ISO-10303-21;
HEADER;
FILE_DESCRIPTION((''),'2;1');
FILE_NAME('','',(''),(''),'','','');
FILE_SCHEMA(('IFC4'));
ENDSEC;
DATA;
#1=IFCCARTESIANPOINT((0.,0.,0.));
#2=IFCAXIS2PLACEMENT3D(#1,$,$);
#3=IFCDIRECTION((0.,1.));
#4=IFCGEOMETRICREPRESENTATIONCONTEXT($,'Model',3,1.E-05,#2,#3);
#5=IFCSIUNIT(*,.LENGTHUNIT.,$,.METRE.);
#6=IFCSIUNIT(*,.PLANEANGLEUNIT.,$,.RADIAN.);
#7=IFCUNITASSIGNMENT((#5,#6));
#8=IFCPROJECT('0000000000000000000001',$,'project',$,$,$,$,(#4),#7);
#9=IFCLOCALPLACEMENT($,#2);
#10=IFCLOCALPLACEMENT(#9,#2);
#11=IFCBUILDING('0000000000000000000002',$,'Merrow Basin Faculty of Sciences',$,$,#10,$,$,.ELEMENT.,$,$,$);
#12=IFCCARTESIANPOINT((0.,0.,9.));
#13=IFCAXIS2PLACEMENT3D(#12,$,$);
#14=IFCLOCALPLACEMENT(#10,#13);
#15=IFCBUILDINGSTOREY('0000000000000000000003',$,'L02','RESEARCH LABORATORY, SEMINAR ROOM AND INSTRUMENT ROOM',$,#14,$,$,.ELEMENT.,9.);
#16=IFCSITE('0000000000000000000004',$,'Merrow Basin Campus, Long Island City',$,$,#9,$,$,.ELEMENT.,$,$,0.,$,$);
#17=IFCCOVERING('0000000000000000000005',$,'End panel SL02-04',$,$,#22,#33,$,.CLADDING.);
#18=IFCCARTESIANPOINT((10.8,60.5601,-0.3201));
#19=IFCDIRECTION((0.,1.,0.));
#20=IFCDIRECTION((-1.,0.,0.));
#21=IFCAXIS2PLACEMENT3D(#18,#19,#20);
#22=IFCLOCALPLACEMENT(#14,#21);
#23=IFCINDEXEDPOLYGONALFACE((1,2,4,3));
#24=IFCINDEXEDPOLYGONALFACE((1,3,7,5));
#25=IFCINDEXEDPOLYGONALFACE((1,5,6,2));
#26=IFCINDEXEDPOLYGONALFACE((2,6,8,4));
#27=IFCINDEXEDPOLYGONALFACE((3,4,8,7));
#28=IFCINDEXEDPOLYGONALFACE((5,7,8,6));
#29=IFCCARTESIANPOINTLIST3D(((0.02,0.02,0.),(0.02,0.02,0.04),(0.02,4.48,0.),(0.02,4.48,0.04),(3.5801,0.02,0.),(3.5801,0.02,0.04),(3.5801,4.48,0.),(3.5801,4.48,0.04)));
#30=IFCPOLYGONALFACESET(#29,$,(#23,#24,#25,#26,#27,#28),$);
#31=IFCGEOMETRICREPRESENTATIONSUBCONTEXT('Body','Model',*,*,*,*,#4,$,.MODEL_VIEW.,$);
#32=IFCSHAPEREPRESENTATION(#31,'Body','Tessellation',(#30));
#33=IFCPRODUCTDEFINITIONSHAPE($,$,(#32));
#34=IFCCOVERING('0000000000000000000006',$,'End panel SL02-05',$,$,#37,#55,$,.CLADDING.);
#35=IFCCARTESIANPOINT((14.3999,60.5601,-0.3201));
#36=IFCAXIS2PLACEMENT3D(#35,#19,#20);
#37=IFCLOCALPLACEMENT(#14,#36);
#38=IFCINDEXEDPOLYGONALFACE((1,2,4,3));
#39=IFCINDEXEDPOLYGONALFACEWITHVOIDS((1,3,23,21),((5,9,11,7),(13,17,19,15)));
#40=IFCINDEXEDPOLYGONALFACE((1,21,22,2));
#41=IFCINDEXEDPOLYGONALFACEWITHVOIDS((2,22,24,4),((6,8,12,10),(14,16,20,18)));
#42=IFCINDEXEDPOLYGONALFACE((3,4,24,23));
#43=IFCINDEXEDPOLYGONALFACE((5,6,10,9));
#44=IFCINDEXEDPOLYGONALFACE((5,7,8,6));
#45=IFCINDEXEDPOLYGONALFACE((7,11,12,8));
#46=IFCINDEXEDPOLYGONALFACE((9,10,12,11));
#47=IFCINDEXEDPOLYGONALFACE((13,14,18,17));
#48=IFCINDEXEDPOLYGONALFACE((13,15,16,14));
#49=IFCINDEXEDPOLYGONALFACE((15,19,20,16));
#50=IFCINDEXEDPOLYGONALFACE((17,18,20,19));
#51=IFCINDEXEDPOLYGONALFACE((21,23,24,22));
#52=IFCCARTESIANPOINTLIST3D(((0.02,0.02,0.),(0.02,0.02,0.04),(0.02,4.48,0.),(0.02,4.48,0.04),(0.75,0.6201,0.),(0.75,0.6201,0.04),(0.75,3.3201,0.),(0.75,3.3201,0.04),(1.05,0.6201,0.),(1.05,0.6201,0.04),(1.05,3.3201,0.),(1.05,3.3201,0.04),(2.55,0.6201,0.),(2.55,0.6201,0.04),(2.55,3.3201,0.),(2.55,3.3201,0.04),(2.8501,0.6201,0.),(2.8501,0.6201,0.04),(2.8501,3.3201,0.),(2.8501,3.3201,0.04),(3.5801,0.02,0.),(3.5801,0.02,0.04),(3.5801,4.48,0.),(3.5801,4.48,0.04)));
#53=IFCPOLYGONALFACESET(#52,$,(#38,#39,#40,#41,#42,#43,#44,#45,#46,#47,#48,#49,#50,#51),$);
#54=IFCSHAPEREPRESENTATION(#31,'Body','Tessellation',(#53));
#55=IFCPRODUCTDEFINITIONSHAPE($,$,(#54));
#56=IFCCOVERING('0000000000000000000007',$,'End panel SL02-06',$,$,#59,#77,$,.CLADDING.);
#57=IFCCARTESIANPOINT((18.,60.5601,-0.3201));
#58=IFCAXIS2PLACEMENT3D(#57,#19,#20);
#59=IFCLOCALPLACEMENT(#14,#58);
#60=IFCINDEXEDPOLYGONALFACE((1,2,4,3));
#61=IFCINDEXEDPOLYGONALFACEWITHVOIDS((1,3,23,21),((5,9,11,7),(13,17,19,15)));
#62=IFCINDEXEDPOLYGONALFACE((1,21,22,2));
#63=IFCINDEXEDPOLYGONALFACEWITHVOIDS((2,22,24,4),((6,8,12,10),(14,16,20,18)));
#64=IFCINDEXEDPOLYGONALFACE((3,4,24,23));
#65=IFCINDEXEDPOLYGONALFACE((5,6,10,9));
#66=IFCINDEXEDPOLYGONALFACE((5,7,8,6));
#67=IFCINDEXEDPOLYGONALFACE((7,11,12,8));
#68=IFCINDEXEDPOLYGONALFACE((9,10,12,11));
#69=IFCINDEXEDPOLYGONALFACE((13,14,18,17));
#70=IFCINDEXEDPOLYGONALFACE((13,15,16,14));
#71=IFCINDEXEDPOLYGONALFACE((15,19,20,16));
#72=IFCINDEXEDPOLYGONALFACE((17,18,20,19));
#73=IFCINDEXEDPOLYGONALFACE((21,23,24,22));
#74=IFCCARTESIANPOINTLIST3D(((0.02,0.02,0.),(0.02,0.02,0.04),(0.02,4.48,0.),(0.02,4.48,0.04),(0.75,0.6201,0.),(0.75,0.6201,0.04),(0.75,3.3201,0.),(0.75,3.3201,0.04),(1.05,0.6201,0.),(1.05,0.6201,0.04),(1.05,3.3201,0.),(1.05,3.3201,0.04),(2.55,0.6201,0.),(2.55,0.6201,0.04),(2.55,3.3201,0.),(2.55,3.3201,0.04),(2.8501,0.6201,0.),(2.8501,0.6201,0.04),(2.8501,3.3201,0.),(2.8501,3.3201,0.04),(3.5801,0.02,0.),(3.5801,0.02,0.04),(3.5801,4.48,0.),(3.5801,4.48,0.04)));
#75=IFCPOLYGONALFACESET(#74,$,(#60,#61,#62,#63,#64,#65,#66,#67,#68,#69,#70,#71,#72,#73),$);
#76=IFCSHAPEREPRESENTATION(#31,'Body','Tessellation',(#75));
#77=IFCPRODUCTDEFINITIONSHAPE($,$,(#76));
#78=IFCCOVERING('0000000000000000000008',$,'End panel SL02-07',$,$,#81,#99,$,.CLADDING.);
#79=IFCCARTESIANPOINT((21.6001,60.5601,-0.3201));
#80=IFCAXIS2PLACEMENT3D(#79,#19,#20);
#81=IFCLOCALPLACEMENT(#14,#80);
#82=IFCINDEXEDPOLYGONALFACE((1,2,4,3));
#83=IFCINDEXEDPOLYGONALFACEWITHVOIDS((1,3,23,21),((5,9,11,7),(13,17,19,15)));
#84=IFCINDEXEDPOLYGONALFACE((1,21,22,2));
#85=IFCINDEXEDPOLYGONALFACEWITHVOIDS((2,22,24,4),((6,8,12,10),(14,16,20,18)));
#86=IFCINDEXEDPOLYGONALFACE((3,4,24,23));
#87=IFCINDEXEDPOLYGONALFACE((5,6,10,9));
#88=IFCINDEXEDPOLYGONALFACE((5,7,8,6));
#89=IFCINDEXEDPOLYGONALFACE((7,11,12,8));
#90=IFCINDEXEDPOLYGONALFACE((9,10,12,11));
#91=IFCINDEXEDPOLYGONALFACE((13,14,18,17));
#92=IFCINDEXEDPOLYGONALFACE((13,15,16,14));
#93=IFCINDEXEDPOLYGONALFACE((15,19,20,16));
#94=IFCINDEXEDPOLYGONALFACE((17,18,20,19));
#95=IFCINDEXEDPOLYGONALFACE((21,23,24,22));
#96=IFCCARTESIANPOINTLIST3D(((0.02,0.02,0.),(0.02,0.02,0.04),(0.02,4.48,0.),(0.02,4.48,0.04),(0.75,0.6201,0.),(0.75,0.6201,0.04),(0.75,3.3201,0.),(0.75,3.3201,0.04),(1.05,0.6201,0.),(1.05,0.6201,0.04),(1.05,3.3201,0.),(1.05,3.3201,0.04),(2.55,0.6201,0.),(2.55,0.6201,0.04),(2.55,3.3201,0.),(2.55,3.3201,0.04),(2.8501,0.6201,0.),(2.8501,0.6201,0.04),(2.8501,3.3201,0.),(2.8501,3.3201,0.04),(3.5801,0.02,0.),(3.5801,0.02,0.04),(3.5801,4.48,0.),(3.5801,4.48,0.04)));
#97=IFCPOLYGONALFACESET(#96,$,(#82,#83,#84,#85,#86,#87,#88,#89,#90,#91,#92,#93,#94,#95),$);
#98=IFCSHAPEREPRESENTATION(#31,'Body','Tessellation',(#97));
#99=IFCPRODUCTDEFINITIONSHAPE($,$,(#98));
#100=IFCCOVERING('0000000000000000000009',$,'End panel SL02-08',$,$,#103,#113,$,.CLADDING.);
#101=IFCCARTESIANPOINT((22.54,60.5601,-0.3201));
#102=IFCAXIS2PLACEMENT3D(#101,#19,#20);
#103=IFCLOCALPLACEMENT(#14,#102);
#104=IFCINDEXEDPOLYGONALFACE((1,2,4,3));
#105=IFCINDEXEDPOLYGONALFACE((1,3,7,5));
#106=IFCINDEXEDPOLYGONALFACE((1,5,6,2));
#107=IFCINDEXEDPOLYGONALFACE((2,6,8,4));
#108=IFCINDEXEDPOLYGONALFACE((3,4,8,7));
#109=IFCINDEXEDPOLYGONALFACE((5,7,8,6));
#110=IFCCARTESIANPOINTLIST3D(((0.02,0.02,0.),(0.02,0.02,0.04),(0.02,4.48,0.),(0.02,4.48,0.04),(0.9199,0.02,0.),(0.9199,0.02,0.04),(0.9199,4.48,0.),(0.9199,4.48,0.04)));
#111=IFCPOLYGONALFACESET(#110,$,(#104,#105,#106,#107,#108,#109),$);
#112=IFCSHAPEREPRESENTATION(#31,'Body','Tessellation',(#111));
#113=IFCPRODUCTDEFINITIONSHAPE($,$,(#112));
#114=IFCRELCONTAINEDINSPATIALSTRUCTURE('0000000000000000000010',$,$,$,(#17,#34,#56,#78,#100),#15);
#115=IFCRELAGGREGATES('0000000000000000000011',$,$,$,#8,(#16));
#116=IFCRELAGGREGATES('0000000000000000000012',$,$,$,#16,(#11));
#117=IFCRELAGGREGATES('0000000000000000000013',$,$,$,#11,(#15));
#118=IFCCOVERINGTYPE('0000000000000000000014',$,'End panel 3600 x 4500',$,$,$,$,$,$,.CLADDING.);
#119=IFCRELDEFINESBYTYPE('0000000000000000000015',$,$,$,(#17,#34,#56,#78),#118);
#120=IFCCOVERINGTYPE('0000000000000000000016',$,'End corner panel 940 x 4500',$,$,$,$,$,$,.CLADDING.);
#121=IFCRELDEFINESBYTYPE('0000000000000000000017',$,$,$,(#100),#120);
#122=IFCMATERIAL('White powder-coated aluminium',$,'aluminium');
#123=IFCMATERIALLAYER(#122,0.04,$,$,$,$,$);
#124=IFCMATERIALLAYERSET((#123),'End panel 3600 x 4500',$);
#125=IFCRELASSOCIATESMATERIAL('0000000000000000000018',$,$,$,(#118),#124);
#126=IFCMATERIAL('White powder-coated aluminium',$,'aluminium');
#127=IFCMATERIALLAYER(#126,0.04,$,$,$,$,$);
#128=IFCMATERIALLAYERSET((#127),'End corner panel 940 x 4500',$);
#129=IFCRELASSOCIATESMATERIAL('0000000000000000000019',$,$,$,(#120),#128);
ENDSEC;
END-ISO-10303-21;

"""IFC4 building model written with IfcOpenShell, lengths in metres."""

from ifc_helpers import new_model, si_unit, direction, frame, origin, place, context, subcontext, project, spatial, polyline, outline, extrude, source, transform, mapped, material, layer, layer_set, type_object, element, save


model = new_model("IFC4")

# Units and contexts
model_context = context("Model", 3, precision=1e-05, world=origin(), true_north=direction((0.0, 1.0)))
body_context = subcontext(model_context, "Body", "Model", "MODEL_VIEW")
ifc_project = project(units=[si_unit("LENGTHUNIT", "METRE"), si_unit("PLANEANGLEUNIT", "RADIAN")], contexts=[model_context])

# Site, building, storey
site_placement = place(None, origin())
site = spatial("IfcSite", under=ifc_project, at=site_placement, Name="Merrow Basin Campus, Long Island City", CompositionType="ELEMENT", RefElevation=0.0)
building_placement = place(site_placement, origin())
building = spatial("IfcBuilding", under=site, at=building_placement, Name="Merrow Basin Faculty of Sciences", CompositionType="ELEMENT")
storey_placement = place(building_placement, frame((0.0, 0.0, 9.0)))
storey = spatial("IfcBuildingStorey", under=building, at=storey_placement, Name="L02", Description="RESEARCH LABORATORY, SEMINAR ROOM AND INSTRUMENT ROOM", CompositionType="ELEMENT", Elevation=9.0)

# Coverings
ifc_material_1 = material(Name="White powder-coated aluminium", Category="aluminium")
ifc_layer_1 = layer(ifc_material_1, 0.04)
ifc_layer_set_1 = layer_set([ifc_layer_1], Name="End panel 3600 x 4500")
covering_type_1 = type_object("IfcCoveringType", Name="End panel 3600 x 4500", PredefinedType="CLADDING", material=ifc_layer_set_1)
shared_shape_1 = source(origin(), body_context, "Body", "SweptSolid", [
    extrude(outline(polyline([(0.02, 0.02), (3.5801, 0.02), (3.5801, 4.48), (0.02, 4.48), (0.02, 0.02)])), origin(), (0.0, 0.0, 1.0), 0.04),
])
covering_1_placement = place(storey_placement, frame((10.8, 60.5601, -0.3201), z_axis=(0.0, 1.0, 0.0), x_axis=(-1.0, 0.0, 0.0)))
element("IfcCovering", 1, at=covering_1_placement, inside=storey, type_object=covering_type_1, Name="End panel SL02-04", PredefinedType="CLADDING", context=body_context, shape_type="MappedRepresentation", body=[
    mapped(shared_shape_1, transform((0.0, 0.0, 0.0), scale=1.0)),
])
shared_shape_2 = source(origin(), body_context, "Body", "SweptSolid", [
    extrude(outline(polyline([(0.02, 0.02), (3.5801, 0.02), (3.5801, 4.48), (0.02, 4.48), (0.02, 0.02)]), holes=[polyline([(2.55, 0.6201), (2.8501, 0.6201), (2.8501, 3.3201), (2.55, 3.3201), (2.55, 0.6201)]), polyline([(0.75, 0.6201), (1.05, 0.6201), (1.05, 3.3201), (0.75, 3.3201), (0.75, 0.6201)])]), origin(), (0.0, 0.0, 1.0), 0.04),
])
covering_2_placement = place(storey_placement, frame((14.3999, 60.5601, -0.3201), z_axis=(0.0, 1.0, 0.0), x_axis=(-1.0, 0.0, 0.0)))
element("IfcCovering", 2, at=covering_2_placement, inside=storey, type_object=covering_type_1, Name="End panel SL02-05", PredefinedType="CLADDING", context=body_context, shape_type="MappedRepresentation", body=[
    mapped(shared_shape_2, transform((0.0, 0.0, 0.0), scale=1.0)),
])
shared_shape_3 = source(origin(), body_context, "Body", "SweptSolid", [
    extrude(outline(polyline([(0.02, 0.02), (3.5801, 0.02), (3.5801, 4.48), (0.02, 4.48), (0.02, 0.02)]), holes=[polyline([(2.55, 0.6201), (2.8501, 0.6201), (2.8501, 3.3201), (2.55, 3.3201), (2.55, 0.6201)]), polyline([(0.75, 0.6201), (1.05, 0.6201), (1.05, 3.3201), (0.75, 3.3201), (0.75, 0.6201)])]), origin(), (0.0, 0.0, 1.0), 0.04),
])
covering_3_placement = place(storey_placement, frame((18.0, 60.5601, -0.3201), z_axis=(0.0, 1.0, 0.0), x_axis=(-1.0, 0.0, 0.0)))
element("IfcCovering", 3, at=covering_3_placement, inside=storey, type_object=covering_type_1, Name="End panel SL02-06", PredefinedType="CLADDING", context=body_context, shape_type="MappedRepresentation", body=[
    mapped(shared_shape_3, transform((0.0, 0.0, 0.0), scale=1.0)),
])
shared_shape_4 = source(origin(), body_context, "Body", "SweptSolid", [
    extrude(outline(polyline([(0.02, 0.02), (3.5801, 0.02), (3.5801, 4.48), (0.02, 4.48), (0.02, 0.02)]), holes=[polyline([(2.55, 0.6201), (2.8501, 0.6201), (2.8501, 3.3201), (2.55, 3.3201), (2.55, 0.6201)]), polyline([(0.75, 0.6201), (1.05, 0.6201), (1.05, 3.3201), (0.75, 3.3201), (0.75, 0.6201)])]), origin(), (0.0, 0.0, 1.0), 0.04),
])
covering_4_placement = place(storey_placement, frame((21.6001, 60.5601, -0.3201), z_axis=(0.0, 1.0, 0.0), x_axis=(-1.0, 0.0, 0.0)))
element("IfcCovering", 4, at=covering_4_placement, inside=storey, type_object=covering_type_1, Name="End panel SL02-07", PredefinedType="CLADDING", context=body_context, shape_type="MappedRepresentation", body=[
    mapped(shared_shape_4, transform((0.0, 0.0, 0.0), scale=1.0)),
])
ifc_material_2 = material(Name="White powder-coated aluminium", Category="aluminium")
ifc_layer_2 = layer(ifc_material_2, 0.04)
ifc_layer_set_2 = layer_set([ifc_layer_2], Name="End corner panel 940 x 4500")
covering_type_2 = type_object("IfcCoveringType", Name="End corner panel 940 x 4500", PredefinedType="CLADDING", material=ifc_layer_set_2)
shared_shape_5 = source(origin(), body_context, "Body", "SweptSolid", [
    extrude(outline(polyline([(0.02, 0.02), (0.9199, 0.02), (0.9199, 4.48), (0.02, 4.48), (0.02, 0.02)])), origin(), (0.0, 0.0, 1.0), 0.04),
])
covering_5_placement = place(storey_placement, frame((22.54, 60.5601, -0.3201), z_axis=(0.0, 1.0, 0.0), x_axis=(-1.0, 0.0, 0.0)))
element("IfcCovering", 5, at=covering_5_placement, inside=storey, type_object=covering_type_2, Name="End panel SL02-08", PredefinedType="CLADDING", context=body_context, shape_type="MappedRepresentation", body=[
    mapped(shared_shape_5, transform((0.0, 0.0, 0.0), scale=1.0)),
])

save(model, "model.ifc")
